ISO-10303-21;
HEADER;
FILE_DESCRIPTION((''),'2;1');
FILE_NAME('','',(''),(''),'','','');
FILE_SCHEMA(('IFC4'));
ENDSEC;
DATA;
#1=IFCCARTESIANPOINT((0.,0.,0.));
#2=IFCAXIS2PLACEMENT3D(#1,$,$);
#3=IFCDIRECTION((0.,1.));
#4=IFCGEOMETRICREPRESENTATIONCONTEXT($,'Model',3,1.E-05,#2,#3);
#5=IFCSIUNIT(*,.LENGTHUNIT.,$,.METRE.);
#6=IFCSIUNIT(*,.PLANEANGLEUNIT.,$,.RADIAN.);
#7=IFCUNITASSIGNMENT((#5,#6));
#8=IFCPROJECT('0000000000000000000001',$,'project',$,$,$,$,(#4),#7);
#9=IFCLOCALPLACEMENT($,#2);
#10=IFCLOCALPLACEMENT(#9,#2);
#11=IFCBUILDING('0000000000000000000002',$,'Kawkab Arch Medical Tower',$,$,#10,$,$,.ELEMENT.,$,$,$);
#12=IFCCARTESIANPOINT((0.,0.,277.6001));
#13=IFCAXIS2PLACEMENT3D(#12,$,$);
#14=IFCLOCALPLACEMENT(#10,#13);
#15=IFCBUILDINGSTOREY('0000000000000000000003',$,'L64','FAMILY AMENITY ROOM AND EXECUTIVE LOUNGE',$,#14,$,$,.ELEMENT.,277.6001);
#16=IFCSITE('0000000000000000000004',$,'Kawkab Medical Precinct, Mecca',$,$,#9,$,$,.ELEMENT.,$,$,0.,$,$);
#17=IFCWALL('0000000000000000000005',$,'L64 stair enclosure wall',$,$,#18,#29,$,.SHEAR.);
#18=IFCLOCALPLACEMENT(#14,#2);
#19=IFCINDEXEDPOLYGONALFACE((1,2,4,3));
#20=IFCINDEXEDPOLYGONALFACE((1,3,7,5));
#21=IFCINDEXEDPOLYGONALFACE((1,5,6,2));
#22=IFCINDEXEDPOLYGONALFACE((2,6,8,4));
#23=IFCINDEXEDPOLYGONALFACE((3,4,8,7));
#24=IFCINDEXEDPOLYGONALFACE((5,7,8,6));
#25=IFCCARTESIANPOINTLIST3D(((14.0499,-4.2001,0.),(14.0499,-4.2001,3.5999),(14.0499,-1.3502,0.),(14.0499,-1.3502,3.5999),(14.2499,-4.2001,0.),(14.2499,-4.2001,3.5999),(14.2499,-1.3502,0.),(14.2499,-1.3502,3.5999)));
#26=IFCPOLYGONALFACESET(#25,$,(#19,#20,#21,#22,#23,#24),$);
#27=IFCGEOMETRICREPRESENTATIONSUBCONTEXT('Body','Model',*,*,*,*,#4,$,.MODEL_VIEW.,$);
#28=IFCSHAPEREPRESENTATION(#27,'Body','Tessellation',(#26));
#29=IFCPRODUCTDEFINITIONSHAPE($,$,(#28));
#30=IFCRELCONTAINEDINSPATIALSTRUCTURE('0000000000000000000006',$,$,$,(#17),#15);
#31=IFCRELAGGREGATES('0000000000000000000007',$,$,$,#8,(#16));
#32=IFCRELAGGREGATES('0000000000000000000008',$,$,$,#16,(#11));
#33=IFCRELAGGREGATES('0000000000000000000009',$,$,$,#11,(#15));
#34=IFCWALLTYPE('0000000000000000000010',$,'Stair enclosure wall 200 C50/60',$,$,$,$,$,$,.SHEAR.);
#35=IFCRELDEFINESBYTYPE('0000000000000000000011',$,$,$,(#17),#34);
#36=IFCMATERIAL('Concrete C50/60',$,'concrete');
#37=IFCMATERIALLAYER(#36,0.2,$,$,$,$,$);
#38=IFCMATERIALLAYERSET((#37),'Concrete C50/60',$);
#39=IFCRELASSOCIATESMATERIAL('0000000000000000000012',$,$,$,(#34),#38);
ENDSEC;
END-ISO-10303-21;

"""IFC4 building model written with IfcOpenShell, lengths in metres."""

from ifc_helpers import new_model, si_unit, direction, frame, frame_2d, origin, place, context, subcontext, project, spatial, rectangle, extrude, material, layer, layer_set, type_object, element, save


model = new_model("IFC4")

# Units and contexts
model_context = context("Model", 3, precision=1e-05, world=origin(), true_north=direction((0.0, 1.0)))
body_context = subcontext(model_context, "Body", "Model", "MODEL_VIEW")
ifc_project = project(units=[si_unit("LENGTHUNIT", "METRE"), si_unit("PLANEANGLEUNIT", "RADIAN")], contexts=[model_context])

# Site, building, storey
site_placement = place(None, origin())
site = spatial("IfcSite", under=ifc_project, at=site_placement, Name="Kawkab Medical Precinct, Mecca", CompositionType="ELEMENT", RefElevation=0.0)
building_placement = place(site_placement, origin())
building = spatial("IfcBuilding", under=site, at=building_placement, Name="Kawkab Arch Medical Tower", CompositionType="ELEMENT")
storey_placement = place(building_placement, frame((0.0, 0.0, 277.6001)))
storey = spatial("IfcBuildingStorey", under=building, at=storey_placement, Name="L64", Description="FAMILY AMENITY ROOM AND EXECUTIVE LOUNGE", CompositionType="ELEMENT", Elevation=277.6001)

# Wall
ifc_material_1 = material(Name="Concrete C50/60", Category="concrete")
ifc_layer_1 = layer(ifc_material_1, 0.2)
ifc_layer_set_1 = layer_set([ifc_layer_1], Name="Concrete C50/60")
wall_type_1 = type_object("IfcWallType", Name="Stair enclosure wall 200 C50/60", PredefinedType="SHEAR", material=ifc_layer_set_1)
wall_1_placement = place(storey_placement, frame((14.1499, -4.2, 0.0), z_axis=(0.0, 0.0, 1.0), x_axis=(0.0, 1.0, 0.0)))
element("IfcWall", 1, at=wall_1_placement, inside=storey, type_object=wall_type_1, Name="L64 stair enclosure wall", PredefinedType="SHEAR", context=body_context, shape_type="SweptSolid", body=[
    extrude(rectangle(XDim=2.8499, YDim=0.2, at=frame_2d((1.4248, 0.0))), origin(), (0.0, 0.0, 1.0), 3.5999),
])

save(model, "model.ifc")
